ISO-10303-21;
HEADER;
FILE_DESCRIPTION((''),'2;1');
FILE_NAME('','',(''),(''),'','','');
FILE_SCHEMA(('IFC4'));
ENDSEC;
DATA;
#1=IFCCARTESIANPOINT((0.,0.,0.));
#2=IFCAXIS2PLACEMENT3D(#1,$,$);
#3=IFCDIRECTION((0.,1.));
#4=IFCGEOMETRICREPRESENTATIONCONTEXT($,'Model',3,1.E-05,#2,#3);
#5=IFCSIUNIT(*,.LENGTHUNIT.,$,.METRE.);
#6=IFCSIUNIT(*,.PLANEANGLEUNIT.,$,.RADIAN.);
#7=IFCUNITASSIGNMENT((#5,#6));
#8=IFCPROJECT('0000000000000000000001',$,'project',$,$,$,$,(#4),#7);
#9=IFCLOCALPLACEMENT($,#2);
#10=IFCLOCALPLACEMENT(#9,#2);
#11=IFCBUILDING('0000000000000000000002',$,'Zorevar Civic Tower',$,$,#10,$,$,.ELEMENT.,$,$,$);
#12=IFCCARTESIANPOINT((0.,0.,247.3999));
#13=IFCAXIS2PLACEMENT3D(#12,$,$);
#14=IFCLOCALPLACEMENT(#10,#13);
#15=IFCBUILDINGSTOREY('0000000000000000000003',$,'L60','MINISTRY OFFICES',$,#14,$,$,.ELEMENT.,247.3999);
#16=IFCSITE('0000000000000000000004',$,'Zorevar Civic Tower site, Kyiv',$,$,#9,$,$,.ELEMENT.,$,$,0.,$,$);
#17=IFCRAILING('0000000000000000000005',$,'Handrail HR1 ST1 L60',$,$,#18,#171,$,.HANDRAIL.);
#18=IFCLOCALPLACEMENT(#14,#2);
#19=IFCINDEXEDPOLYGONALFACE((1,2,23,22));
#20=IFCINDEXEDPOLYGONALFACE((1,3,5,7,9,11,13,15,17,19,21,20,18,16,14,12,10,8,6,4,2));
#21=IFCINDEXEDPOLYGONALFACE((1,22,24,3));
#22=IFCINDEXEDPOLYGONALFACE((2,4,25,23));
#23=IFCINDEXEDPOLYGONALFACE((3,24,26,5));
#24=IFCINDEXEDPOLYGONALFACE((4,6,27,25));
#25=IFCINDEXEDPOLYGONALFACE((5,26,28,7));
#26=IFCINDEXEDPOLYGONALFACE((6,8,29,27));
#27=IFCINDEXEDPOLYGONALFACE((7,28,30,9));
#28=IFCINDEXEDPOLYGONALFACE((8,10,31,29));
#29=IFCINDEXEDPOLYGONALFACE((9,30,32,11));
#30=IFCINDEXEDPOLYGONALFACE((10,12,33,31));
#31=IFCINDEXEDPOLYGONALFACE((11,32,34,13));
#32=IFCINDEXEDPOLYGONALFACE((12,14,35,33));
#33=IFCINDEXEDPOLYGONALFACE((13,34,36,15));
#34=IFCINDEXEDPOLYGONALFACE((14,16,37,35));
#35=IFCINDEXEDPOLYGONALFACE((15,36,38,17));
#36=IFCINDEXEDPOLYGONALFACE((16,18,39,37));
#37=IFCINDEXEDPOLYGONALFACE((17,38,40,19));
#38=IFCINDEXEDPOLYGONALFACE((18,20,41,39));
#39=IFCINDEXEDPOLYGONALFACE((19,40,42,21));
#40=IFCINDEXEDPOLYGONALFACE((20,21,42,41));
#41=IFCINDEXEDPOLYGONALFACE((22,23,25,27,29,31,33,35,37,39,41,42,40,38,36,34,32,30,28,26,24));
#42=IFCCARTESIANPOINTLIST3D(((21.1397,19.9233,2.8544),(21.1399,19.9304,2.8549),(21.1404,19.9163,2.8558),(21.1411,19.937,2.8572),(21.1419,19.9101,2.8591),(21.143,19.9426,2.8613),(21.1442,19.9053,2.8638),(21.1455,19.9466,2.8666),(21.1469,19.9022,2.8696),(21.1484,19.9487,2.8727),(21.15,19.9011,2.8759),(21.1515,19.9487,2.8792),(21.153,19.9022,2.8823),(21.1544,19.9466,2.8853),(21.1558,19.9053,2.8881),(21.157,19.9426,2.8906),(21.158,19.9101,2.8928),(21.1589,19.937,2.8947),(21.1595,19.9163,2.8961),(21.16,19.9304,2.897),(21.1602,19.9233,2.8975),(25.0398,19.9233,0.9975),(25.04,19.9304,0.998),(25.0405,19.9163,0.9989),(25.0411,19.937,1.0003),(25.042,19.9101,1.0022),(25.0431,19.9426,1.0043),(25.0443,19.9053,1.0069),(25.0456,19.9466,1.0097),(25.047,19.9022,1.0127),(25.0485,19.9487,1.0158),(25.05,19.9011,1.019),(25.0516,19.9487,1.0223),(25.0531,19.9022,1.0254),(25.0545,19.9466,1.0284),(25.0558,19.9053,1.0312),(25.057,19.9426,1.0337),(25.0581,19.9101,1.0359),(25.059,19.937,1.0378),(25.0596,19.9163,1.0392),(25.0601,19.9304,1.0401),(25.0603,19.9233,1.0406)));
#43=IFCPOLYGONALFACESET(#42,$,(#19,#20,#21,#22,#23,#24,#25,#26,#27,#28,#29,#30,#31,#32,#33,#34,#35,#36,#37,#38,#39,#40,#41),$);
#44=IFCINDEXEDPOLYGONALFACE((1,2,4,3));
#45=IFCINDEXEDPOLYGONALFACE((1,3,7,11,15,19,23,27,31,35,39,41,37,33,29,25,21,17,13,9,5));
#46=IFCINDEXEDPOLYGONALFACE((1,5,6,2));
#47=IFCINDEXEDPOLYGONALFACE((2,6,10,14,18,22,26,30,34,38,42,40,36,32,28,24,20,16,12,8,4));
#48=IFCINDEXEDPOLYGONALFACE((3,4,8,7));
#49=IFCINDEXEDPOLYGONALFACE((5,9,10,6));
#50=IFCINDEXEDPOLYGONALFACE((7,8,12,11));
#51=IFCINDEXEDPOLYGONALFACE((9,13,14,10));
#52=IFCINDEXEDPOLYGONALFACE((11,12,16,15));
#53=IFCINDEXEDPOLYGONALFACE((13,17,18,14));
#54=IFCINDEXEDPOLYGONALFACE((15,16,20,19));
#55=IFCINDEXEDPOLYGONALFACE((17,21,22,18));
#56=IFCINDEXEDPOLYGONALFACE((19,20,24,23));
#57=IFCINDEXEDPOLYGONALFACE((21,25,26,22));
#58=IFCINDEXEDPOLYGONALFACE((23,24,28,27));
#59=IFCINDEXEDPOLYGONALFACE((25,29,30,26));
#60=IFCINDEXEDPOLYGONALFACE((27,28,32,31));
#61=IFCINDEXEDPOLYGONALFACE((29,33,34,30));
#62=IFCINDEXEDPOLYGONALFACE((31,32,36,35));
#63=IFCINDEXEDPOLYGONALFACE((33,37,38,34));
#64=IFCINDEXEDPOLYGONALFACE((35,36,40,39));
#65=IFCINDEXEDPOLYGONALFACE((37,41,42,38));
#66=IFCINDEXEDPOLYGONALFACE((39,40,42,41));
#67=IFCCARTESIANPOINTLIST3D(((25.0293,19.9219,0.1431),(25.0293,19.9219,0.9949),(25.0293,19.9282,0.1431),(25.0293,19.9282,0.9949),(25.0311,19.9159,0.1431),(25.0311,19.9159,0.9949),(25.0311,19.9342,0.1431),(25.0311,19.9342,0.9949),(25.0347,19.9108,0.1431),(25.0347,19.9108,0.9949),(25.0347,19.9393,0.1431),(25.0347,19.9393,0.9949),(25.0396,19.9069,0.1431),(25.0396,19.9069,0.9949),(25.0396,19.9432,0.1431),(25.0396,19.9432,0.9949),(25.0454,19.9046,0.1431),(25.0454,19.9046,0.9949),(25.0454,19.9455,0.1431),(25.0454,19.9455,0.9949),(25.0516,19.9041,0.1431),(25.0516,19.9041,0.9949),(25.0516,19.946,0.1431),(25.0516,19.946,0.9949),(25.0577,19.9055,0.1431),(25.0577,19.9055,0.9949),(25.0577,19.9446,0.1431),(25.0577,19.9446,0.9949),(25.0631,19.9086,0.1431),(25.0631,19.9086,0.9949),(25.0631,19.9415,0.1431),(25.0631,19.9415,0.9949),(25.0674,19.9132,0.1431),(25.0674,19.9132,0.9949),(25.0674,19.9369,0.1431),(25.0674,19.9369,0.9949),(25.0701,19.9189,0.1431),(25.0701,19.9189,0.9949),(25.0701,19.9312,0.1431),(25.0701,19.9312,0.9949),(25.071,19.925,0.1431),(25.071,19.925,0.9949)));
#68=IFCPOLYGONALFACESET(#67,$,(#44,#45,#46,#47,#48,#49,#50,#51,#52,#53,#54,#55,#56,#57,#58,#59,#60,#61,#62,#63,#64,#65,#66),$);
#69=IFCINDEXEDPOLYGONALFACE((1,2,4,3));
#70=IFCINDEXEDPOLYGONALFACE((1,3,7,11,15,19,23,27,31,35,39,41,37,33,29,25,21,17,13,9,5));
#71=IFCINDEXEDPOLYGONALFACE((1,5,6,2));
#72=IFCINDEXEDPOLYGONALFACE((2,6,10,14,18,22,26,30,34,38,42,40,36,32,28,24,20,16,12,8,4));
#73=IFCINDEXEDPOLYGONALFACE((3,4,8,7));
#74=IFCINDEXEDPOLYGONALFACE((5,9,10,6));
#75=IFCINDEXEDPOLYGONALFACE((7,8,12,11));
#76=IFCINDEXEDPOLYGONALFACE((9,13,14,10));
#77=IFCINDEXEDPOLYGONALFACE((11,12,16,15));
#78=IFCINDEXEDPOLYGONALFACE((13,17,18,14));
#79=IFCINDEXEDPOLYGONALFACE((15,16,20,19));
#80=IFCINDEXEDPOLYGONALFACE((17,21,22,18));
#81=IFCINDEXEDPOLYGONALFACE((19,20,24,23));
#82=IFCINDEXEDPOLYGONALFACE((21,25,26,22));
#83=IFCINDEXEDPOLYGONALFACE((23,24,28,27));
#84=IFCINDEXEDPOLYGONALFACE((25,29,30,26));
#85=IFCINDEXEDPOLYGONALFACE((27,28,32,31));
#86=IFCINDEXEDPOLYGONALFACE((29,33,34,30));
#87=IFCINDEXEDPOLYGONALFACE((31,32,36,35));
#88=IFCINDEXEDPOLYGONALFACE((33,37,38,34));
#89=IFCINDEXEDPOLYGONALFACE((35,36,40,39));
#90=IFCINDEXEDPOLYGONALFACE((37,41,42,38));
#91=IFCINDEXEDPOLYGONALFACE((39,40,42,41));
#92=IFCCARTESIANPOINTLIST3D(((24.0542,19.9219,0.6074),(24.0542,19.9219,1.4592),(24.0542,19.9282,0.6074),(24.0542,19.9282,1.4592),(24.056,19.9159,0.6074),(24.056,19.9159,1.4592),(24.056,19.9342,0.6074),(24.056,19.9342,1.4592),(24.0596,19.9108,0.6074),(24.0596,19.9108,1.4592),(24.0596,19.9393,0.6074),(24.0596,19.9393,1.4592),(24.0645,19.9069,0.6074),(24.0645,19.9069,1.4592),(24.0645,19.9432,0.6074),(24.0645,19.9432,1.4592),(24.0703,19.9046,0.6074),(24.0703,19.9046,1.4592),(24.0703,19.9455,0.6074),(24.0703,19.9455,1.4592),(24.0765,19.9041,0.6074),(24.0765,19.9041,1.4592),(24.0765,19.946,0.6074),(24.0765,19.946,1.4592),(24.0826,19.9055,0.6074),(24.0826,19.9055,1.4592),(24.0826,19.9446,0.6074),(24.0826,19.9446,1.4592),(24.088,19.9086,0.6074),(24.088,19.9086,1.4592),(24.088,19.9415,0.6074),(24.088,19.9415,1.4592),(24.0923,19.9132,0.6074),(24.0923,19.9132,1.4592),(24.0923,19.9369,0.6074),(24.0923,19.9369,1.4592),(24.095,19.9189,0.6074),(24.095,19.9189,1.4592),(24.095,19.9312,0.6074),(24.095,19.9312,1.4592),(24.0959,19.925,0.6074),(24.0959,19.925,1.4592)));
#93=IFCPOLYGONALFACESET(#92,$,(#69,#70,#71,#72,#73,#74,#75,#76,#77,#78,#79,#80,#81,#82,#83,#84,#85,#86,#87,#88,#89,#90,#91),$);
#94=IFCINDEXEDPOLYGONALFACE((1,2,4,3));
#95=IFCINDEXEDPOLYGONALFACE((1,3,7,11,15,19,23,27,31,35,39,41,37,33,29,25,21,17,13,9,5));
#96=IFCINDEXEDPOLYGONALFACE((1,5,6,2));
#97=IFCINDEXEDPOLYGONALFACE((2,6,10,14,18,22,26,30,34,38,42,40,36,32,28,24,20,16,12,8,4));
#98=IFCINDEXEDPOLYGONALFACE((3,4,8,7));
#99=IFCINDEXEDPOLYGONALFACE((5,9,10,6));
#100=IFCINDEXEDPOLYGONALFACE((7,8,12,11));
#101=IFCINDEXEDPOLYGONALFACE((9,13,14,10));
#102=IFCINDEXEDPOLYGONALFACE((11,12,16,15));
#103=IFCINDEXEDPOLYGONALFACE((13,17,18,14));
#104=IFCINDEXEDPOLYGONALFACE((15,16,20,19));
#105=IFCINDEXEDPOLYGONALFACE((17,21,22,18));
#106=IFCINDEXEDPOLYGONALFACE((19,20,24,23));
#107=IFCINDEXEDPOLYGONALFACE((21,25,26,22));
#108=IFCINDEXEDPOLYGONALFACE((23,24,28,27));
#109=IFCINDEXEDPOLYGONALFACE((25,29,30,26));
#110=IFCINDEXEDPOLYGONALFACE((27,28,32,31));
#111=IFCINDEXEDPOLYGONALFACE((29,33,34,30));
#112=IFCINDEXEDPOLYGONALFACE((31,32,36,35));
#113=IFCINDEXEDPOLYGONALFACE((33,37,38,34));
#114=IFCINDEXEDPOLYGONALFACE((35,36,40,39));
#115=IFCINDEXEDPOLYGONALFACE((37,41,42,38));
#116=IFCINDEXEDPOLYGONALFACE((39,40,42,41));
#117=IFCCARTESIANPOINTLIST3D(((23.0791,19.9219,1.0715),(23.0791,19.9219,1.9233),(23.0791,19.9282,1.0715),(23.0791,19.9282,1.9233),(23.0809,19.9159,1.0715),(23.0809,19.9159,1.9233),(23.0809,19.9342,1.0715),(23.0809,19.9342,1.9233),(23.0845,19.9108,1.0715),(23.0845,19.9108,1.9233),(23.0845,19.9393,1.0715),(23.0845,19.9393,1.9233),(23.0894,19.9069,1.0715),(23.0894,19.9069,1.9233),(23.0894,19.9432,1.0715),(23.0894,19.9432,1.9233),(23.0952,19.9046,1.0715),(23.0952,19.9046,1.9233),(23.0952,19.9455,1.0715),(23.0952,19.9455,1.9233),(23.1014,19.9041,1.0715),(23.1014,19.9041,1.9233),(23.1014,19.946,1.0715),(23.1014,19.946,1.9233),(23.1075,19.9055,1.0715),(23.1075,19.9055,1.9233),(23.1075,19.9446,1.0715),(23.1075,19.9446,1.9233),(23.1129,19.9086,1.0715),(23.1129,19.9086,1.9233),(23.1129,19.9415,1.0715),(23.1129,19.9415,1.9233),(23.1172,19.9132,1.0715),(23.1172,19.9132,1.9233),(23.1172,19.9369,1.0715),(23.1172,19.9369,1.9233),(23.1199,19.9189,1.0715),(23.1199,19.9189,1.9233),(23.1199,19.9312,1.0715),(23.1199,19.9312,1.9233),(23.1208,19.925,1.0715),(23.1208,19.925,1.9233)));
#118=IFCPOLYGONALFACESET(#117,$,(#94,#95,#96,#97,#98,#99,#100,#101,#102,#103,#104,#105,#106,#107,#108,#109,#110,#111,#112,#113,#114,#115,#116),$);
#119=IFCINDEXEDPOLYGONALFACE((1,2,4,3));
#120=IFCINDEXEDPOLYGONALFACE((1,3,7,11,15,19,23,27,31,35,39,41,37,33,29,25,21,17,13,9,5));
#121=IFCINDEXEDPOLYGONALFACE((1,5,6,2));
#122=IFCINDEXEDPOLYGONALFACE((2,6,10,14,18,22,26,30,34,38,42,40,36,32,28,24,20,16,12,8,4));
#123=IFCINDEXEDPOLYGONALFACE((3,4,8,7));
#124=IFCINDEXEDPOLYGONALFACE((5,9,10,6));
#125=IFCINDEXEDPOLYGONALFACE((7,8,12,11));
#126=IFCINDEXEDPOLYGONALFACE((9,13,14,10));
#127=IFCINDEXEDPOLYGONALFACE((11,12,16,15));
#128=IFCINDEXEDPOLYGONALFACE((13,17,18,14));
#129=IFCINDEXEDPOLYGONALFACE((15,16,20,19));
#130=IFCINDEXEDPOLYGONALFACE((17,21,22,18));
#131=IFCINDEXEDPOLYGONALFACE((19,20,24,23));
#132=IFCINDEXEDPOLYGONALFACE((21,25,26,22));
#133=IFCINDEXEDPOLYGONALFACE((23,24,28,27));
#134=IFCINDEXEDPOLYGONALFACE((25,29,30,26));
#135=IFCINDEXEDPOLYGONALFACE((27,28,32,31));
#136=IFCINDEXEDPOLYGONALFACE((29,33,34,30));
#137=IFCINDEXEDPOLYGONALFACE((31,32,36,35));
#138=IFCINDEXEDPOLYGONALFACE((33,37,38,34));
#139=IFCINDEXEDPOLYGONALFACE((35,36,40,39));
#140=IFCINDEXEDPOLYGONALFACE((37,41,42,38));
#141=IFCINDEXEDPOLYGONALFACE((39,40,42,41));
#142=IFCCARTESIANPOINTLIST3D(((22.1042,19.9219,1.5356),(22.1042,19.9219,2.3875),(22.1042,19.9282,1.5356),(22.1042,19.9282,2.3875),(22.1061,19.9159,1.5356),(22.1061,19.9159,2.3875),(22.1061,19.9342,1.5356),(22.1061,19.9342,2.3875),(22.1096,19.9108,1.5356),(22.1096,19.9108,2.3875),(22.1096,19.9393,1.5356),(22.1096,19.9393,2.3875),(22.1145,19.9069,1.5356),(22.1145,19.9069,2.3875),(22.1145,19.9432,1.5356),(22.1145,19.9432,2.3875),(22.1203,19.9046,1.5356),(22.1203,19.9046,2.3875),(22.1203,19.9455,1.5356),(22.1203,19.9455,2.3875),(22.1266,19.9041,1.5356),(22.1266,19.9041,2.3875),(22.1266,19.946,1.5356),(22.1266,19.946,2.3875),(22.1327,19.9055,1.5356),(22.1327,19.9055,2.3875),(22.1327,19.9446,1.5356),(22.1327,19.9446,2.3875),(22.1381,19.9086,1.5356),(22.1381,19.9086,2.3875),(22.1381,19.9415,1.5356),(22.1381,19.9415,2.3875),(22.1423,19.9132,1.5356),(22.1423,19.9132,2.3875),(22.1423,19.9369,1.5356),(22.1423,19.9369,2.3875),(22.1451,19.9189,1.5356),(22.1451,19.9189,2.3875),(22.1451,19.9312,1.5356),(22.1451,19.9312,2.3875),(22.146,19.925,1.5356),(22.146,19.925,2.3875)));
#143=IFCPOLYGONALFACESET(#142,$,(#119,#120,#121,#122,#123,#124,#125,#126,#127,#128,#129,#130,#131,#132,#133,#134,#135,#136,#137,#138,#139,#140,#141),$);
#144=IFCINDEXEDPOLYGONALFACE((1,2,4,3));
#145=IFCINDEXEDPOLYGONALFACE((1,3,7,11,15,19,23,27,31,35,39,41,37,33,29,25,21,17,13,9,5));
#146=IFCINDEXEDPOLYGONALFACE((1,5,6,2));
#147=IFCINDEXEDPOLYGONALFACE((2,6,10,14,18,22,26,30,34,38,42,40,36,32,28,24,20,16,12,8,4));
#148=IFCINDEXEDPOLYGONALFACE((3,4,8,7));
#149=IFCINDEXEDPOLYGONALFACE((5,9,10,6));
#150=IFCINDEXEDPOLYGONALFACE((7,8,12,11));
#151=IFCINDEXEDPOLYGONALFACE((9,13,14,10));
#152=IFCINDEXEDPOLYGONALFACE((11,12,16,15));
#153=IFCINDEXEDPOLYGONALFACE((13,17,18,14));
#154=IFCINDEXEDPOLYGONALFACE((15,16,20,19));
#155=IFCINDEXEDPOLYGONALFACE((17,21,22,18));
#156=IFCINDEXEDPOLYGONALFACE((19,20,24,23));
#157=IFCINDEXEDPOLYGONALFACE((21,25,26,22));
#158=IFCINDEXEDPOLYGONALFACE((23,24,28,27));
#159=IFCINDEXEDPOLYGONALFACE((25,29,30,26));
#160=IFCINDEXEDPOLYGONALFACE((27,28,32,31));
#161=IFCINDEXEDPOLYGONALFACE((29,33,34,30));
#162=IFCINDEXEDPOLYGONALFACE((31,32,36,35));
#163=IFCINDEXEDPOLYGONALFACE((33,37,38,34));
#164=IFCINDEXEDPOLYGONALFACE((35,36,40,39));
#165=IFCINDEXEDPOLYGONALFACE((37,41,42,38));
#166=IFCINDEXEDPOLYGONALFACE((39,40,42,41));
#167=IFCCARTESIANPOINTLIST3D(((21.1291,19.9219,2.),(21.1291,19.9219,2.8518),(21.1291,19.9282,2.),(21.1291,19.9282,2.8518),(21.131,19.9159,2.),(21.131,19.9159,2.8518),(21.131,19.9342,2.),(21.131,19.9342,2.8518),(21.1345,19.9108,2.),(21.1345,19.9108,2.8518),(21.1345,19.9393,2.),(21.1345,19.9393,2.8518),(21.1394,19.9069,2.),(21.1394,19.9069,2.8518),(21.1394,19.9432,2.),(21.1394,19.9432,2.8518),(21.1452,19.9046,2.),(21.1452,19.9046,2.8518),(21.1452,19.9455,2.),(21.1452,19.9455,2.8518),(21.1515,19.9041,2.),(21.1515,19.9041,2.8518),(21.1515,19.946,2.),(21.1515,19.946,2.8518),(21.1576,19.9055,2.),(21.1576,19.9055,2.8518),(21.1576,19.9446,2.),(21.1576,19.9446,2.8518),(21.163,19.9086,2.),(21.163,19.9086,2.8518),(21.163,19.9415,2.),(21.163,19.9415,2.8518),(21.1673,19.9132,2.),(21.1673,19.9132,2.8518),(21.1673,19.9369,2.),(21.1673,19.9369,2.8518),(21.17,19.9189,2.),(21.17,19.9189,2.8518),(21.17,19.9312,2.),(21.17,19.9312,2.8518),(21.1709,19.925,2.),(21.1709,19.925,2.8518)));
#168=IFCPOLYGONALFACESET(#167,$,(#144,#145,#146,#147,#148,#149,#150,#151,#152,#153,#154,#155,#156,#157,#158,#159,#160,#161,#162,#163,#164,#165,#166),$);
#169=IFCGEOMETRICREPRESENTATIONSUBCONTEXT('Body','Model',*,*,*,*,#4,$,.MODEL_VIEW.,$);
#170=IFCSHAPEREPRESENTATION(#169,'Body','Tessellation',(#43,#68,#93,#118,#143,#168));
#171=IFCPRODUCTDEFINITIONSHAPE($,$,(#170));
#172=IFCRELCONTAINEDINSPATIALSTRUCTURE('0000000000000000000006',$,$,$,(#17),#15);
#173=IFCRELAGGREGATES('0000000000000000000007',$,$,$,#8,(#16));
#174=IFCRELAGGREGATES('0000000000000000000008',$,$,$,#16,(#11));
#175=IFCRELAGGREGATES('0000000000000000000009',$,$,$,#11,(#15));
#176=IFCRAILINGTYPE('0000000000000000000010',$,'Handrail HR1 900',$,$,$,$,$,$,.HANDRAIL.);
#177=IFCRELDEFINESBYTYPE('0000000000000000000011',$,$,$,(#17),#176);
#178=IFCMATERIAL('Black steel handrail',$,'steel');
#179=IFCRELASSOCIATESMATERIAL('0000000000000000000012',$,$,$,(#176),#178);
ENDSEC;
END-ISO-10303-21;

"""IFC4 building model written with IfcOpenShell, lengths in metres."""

from ifc_helpers import new_model, si_unit, direction, frame, origin, origin_2d, place, context, subcontext, project, spatial, circle, extrude, material, type_object, element, save


model = new_model("IFC4")

# Units and contexts
model_context = context("Model", 3, precision=1e-05, world=origin(), true_north=direction((0.0, 1.0)))
body_context = subcontext(model_context, "Body", "Model", "MODEL_VIEW")
ifc_project = project(units=[si_unit("LENGTHUNIT", "METRE"), si_unit("PLANEANGLEUNIT", "RADIAN")], contexts=[model_context])

# Site, building, storey
site_placement = place(None, origin())
site = spatial("IfcSite", under=ifc_project, at=site_placement, Name="Zorevar Civic Tower site, Kyiv", CompositionType="ELEMENT", RefElevation=0.0)
building_placement = place(site_placement, origin())
building = spatial("IfcBuilding", under=site, at=building_placement, Name="Zorevar Civic Tower", CompositionType="ELEMENT")
storey_placement = place(building_placement, frame((0.0, 0.0, 247.3999)))
storey = spatial("IfcBuildingStorey", under=building, at=storey_placement, Name="L60", Description="MINISTRY OFFICES", CompositionType="ELEMENT", Elevation=247.3999)

# Railing
ifc_material_1 = material(Name="Black steel handrail", Category="steel")
railing_type = type_object("IfcRailingType", Name="Handrail HR1 900", PredefinedType="HANDRAIL", material=ifc_material_1)
railing_1_placement = place(storey_placement, frame((25.05, 19.925, 0.1431)))
element("IfcRailing", 1, at=railing_1_placement, inside=storey, type_object=railing_type, Name="Handrail HR1 ST1 L60", PredefinedType="HANDRAIL", context=body_context, shape_type="SweptSolid", body=[
    extrude(circle(Radius=0.0239, at=origin_2d()), frame((0.0, 0.0, 0.876), z_axis=(-0.902886, 0.0, 0.429881), x_axis=(0.0, -1.0, 0.0)), (0.0, 0.0, 1.0), 4.3196),
    extrude(circle(Radius=0.021, at=origin_2d()), origin(), (0.0, 0.0, 1.0), 0.8518),
    extrude(circle(Radius=0.021, at=origin_2d()), frame((-0.9751, 0.0, 0.4644)), (0.0, 0.0, 1.0), 0.8518),
    extrude(circle(Radius=0.021, at=origin_2d()), frame((-1.9502, 0.0, 0.9285)), (0.0, 0.0, 1.0), 0.8518),
    extrude(circle(Radius=0.021, at=origin_2d()), frame((-2.925, 0.0, 1.3926)), (0.0, 0.0, 1.0), 0.8518),
    extrude(circle(Radius=0.021, at=origin_2d()), frame((-3.9001, 0.0, 1.8569)), (0.0, 0.0, 1.0), 0.8518),
])

save(model, "model.ifc")
